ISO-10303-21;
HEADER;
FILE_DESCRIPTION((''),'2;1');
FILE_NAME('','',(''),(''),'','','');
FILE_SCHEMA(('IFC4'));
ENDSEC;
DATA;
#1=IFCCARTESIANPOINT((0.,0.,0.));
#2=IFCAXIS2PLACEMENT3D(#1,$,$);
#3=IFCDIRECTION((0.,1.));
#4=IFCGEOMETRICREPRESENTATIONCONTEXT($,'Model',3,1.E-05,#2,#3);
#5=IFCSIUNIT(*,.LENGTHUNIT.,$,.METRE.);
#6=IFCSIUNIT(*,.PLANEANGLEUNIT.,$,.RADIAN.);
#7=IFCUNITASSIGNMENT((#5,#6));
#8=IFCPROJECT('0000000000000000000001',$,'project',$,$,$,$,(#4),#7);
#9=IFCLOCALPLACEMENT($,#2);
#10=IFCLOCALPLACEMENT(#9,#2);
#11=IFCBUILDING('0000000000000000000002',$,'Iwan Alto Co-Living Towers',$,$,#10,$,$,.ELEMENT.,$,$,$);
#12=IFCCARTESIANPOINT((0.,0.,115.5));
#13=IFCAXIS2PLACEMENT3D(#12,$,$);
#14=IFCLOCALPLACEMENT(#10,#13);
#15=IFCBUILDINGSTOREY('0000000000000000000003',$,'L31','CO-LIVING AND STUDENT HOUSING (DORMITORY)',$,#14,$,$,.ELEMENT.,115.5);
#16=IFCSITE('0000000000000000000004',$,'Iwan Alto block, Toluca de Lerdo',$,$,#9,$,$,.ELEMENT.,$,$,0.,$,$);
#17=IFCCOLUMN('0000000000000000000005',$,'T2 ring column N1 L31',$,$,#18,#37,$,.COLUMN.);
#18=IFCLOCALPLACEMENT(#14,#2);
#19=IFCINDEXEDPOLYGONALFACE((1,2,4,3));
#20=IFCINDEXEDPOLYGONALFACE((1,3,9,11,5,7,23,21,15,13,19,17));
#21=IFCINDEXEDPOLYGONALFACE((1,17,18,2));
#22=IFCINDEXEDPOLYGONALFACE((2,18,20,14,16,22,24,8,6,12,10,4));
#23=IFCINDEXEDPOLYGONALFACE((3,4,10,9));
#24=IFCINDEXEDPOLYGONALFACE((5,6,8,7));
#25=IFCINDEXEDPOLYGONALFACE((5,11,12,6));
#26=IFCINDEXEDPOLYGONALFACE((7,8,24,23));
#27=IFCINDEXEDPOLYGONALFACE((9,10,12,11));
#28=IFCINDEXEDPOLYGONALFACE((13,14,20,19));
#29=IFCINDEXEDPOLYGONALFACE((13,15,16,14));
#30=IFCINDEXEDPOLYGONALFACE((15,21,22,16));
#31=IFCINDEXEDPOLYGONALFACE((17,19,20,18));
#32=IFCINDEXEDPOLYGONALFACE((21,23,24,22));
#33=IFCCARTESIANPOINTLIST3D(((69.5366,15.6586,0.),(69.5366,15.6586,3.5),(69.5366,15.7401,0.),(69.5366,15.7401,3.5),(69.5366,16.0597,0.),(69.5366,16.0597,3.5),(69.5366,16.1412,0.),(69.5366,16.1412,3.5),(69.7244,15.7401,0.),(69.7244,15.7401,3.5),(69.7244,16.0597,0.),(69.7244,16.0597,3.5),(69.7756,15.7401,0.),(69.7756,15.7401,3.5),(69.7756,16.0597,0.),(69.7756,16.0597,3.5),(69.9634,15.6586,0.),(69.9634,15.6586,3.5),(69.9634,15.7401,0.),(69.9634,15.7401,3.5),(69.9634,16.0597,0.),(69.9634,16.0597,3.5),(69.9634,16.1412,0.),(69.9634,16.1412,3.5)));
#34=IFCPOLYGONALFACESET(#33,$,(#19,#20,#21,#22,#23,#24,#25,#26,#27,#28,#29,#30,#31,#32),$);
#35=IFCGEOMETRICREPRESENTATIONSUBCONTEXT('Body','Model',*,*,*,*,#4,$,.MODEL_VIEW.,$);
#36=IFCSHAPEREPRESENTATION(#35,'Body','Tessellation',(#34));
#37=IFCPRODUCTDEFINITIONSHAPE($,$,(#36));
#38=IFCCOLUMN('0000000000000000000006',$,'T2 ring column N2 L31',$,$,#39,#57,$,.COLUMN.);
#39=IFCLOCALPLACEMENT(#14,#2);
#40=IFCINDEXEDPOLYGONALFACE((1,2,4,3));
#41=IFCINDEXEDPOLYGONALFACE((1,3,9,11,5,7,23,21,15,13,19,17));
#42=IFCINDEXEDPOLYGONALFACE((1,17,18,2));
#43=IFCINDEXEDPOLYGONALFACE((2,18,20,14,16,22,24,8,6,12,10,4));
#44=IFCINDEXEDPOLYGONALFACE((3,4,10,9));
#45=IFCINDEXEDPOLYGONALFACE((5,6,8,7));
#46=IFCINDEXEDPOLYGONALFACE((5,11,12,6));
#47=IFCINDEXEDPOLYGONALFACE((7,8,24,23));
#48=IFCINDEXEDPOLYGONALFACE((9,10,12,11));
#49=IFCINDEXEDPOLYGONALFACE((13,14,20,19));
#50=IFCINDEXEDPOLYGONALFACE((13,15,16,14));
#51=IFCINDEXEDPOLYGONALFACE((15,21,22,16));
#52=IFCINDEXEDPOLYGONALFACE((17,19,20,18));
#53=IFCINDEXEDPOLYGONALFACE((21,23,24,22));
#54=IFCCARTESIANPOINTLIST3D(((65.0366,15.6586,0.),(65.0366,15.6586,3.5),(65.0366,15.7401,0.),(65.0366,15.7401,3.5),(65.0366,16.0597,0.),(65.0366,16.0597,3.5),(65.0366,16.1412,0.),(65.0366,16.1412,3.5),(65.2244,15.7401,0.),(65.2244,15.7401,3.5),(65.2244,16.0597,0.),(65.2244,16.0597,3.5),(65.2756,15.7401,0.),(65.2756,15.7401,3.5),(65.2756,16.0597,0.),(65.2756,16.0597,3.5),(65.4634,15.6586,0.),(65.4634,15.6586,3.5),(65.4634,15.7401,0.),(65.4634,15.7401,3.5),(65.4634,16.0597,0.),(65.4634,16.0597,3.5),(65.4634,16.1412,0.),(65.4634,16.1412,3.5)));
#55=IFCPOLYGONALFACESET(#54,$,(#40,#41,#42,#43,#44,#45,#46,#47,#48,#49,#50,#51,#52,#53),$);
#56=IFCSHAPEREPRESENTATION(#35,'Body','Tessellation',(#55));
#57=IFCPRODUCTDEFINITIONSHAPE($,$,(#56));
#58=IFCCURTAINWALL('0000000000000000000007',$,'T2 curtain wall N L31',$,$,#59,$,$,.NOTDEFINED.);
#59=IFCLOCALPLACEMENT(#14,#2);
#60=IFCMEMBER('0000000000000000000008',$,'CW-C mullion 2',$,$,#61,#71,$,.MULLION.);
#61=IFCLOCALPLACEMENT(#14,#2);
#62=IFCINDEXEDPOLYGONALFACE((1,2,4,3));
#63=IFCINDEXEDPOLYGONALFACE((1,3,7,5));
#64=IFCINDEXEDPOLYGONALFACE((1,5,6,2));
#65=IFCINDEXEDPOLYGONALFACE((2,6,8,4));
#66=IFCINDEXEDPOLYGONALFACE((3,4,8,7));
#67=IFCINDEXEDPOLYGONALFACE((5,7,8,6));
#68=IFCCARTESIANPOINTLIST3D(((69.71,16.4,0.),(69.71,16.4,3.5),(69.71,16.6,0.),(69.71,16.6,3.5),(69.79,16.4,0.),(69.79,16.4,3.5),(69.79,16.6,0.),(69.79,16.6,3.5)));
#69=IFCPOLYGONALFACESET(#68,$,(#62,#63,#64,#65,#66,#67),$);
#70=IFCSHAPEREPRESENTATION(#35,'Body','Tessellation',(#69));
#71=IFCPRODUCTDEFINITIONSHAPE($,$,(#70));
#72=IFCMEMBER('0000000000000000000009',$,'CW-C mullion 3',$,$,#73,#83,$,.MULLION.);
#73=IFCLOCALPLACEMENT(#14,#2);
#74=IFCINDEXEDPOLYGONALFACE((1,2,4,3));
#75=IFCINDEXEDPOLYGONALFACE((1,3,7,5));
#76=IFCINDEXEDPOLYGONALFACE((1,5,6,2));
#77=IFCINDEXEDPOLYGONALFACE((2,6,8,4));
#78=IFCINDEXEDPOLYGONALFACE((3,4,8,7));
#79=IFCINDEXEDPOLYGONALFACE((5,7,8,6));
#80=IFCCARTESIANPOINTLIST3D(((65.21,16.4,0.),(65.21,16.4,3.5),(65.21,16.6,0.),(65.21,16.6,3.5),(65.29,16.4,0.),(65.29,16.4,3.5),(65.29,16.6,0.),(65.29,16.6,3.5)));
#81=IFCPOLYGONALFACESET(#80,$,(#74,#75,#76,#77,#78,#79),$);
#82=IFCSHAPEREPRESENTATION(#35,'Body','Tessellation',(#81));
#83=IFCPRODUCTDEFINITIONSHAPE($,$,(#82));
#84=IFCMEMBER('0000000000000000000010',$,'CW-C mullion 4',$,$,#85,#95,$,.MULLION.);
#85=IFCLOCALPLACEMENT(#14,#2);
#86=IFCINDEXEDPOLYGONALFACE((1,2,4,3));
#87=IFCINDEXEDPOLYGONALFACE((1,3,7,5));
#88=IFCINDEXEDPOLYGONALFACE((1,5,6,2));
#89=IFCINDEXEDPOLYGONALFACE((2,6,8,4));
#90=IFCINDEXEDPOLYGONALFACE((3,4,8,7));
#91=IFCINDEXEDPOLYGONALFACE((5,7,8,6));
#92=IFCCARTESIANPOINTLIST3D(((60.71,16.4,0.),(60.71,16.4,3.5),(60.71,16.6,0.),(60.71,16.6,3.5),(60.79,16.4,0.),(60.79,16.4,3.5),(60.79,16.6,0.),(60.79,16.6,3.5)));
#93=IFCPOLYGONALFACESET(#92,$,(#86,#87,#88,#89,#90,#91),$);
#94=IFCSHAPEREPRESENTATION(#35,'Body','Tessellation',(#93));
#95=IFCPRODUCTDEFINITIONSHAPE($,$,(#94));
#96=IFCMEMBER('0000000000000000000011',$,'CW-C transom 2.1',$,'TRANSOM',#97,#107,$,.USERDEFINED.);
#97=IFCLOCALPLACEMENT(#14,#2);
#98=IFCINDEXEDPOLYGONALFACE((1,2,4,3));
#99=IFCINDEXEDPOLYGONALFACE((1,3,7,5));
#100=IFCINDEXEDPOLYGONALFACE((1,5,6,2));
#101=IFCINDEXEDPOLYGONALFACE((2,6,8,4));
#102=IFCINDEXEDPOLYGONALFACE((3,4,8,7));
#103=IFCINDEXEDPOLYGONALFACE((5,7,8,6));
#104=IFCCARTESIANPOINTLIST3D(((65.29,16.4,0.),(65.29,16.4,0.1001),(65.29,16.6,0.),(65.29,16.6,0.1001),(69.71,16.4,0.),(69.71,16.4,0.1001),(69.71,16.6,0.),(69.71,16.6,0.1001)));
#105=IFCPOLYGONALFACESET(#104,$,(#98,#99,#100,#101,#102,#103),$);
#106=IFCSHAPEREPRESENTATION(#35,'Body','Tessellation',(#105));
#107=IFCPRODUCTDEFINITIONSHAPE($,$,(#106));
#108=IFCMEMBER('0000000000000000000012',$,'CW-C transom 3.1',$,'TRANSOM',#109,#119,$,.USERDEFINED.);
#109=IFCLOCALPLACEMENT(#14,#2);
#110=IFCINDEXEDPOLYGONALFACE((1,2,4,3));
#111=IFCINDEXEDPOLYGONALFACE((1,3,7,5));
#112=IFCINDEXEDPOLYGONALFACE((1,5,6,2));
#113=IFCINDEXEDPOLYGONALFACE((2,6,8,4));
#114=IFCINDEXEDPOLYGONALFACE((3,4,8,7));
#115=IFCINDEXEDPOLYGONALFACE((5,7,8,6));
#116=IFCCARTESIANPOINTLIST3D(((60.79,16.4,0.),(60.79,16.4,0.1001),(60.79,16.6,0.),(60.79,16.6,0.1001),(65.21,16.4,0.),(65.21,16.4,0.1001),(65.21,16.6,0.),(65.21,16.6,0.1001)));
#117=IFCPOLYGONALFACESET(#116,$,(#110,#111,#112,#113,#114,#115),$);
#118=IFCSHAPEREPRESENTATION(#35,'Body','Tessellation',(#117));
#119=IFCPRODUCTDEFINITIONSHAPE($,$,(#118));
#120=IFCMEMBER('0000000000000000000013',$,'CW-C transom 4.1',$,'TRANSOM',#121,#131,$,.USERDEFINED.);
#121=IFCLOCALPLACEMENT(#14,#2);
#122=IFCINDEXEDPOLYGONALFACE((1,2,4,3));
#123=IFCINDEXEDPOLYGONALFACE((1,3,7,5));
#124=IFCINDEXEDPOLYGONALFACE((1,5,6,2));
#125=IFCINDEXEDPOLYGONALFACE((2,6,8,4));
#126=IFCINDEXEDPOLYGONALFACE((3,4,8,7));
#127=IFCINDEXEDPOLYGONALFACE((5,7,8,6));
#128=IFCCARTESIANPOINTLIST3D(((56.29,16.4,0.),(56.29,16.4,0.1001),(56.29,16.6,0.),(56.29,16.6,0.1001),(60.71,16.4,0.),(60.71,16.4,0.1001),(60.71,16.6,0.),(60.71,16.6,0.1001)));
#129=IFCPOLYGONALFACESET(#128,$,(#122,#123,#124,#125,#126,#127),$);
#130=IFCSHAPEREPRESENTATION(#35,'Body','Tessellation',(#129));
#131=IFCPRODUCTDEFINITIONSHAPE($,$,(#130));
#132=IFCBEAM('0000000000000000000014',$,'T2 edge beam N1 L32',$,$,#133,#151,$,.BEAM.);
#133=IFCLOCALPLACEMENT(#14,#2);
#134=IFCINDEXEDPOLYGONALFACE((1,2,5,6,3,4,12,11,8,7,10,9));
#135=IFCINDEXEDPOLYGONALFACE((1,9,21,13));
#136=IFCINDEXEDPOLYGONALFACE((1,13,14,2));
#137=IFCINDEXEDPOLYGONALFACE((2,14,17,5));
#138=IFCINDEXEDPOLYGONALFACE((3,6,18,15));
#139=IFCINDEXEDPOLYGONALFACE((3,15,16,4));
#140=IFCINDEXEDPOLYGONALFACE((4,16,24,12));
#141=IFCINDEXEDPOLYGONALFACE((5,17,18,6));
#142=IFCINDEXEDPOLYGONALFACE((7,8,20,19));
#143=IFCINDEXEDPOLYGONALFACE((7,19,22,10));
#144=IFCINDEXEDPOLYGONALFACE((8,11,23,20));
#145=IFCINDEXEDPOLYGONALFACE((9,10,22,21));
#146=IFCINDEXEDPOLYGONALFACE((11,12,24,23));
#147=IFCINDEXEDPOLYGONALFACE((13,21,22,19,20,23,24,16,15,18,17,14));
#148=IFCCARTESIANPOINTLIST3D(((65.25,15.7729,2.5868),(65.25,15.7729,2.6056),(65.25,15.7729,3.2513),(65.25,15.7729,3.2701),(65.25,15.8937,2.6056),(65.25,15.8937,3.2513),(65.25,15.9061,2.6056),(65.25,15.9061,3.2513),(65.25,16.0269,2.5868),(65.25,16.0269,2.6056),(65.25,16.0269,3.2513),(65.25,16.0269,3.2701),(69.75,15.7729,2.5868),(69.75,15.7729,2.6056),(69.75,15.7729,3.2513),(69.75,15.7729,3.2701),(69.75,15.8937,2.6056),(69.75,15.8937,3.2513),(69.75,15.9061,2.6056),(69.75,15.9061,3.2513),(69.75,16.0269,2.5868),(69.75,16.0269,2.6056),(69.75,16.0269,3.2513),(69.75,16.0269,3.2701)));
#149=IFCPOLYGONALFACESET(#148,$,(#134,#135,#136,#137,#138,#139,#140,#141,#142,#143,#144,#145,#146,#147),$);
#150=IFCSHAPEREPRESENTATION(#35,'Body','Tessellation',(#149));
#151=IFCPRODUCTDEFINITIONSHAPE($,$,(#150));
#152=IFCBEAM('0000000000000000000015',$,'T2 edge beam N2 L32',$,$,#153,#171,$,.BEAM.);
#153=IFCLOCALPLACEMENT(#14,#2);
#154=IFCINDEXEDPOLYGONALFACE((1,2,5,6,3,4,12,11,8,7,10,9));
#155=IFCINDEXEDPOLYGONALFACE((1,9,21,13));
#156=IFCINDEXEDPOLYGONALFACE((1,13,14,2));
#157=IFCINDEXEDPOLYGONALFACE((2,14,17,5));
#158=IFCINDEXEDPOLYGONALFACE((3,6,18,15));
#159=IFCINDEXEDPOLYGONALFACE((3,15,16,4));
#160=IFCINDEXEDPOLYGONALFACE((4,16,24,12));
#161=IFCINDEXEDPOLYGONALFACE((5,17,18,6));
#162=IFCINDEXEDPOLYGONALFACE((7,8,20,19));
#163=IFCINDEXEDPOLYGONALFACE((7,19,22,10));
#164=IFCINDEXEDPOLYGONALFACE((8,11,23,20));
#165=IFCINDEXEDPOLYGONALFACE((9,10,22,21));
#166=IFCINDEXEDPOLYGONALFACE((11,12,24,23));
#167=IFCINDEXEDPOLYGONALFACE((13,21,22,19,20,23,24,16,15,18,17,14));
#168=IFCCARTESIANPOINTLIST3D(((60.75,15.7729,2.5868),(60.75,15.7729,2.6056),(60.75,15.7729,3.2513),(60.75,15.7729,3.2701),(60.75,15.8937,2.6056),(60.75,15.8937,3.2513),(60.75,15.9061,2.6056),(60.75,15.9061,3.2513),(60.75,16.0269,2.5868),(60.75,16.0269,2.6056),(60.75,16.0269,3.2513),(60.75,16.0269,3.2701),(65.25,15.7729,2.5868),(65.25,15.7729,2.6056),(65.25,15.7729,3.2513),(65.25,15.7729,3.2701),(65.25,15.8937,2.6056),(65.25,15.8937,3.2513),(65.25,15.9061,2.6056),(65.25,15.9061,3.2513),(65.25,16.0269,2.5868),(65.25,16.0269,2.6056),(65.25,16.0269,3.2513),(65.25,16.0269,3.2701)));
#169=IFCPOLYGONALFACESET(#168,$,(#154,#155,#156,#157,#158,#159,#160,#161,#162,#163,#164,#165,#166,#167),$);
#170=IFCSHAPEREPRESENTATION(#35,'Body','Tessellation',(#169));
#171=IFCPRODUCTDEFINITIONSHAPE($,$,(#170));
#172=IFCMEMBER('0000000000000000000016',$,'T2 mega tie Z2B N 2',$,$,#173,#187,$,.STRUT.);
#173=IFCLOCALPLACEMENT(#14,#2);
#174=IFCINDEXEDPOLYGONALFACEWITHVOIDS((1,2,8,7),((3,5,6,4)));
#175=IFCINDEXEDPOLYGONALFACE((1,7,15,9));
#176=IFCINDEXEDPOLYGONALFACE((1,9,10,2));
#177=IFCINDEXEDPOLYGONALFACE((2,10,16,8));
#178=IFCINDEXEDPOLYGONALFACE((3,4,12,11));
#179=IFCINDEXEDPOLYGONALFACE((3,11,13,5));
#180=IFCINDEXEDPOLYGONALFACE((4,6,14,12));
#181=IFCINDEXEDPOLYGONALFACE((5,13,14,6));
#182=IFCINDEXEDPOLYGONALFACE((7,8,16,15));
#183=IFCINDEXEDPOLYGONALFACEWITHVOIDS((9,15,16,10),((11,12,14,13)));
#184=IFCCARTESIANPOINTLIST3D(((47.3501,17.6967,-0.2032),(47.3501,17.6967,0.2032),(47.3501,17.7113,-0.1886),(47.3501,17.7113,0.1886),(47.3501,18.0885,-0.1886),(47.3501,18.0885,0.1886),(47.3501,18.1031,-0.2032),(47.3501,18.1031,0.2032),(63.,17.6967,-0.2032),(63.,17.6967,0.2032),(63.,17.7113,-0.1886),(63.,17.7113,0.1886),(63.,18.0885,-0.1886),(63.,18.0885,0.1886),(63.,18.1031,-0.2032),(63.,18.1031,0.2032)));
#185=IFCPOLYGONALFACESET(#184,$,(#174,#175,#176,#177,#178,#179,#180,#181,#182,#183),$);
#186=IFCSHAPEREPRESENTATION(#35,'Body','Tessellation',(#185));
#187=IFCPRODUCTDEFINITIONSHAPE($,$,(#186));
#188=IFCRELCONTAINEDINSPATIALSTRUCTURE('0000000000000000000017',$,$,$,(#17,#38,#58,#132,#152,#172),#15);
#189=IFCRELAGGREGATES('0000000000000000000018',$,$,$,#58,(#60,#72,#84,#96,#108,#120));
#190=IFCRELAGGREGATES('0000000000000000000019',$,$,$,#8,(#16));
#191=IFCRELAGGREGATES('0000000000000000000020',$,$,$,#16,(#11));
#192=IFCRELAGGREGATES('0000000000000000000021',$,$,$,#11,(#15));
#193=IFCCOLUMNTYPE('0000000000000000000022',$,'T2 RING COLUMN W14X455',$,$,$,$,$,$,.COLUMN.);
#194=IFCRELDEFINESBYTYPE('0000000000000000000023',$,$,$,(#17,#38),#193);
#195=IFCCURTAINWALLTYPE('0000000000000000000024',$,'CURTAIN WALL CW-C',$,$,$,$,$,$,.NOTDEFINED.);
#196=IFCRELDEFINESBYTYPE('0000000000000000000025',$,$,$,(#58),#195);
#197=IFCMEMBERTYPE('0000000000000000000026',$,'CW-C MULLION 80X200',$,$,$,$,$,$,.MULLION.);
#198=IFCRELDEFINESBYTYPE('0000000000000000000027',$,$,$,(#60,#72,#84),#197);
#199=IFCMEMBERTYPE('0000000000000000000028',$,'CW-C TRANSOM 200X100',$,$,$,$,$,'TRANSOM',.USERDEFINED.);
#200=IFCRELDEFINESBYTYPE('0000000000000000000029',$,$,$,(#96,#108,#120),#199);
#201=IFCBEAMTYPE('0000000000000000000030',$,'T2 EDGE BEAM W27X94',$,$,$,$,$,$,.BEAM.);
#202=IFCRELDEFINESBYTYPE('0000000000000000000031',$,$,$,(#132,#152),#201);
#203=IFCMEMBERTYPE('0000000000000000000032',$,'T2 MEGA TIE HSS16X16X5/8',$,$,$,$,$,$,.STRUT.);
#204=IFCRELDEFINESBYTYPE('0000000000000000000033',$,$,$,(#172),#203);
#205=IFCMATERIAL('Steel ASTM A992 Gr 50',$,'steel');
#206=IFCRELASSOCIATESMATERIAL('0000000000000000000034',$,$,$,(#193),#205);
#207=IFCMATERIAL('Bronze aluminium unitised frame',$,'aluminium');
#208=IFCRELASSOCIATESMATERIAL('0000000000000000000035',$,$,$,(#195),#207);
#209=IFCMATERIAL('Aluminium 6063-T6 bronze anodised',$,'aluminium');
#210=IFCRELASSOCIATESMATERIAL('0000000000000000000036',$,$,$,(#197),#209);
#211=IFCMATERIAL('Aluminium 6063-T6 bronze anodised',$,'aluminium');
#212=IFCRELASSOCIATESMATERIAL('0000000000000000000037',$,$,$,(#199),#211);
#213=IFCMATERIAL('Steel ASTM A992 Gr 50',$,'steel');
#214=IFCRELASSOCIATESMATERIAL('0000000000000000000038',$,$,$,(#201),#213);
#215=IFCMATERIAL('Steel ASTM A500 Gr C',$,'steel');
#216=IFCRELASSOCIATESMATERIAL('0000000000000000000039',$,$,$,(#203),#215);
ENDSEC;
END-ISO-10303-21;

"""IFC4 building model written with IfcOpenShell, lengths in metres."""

from ifc_helpers import new_model, si_unit, direction, frame, origin, origin_2d, place, context, subcontext, project, spatial, rectangle, hollow_rectangle, i_section, extrude, material, material_profile, profile_set, type_object, element, aggregate, save


model = new_model("IFC4")

# Units and contexts
model_context = context("Model", 3, precision=1e-05, world=origin(), true_north=direction((0.0, 1.0)))
body_context = subcontext(model_context, "Body", "Model", "MODEL_VIEW")
ifc_project = project(units=[si_unit("LENGTHUNIT", "METRE"), si_unit("PLANEANGLEUNIT", "RADIAN")], contexts=[model_context])

# Site, building, storey
site_placement = place(None, origin())
site = spatial("IfcSite", under=ifc_project, at=site_placement, Name="Iwan Alto block, Toluca de Lerdo", CompositionType="ELEMENT", RefElevation=0.0)
building_placement = place(site_placement, origin())
building = spatial("IfcBuilding", under=site, at=building_placement, Name="Iwan Alto Co-Living Towers", CompositionType="ELEMENT")
storey_placement = place(building_placement, frame((0.0, 0.0, 115.5)))
storey = spatial("IfcBuildingStorey", under=building, at=storey_placement, Name="L31", Description="CO-LIVING AND STUDENT HOUSING (DORMITORY)", CompositionType="ELEMENT", Elevation=115.5)

# Columns
ifc_material_1 = material(Name="Steel ASTM A992 Gr 50", Category="steel")
ifc_material_profile_1 = material_profile(ifc_material_1, i_section(OverallWidth=0.4268, OverallDepth=0.4827, WebThickness=0.0513, FlangeThickness=0.0815, at=origin_2d()), Name="W14X455")
ifc_profile_set_1 = profile_set([ifc_material_profile_1], Name="Steel ASTM A992 Gr 50")
column_type = type_object("IfcColumnType", Name="T2 RING COLUMN W14X455", PredefinedType="COLUMN", material=ifc_profile_set_1)
for number, where, z_axis, x_axis, name in (
    (1, (69.75, 15.8999, 0.0), (0.0, 0.0, 1.0), (1.0, 0.0, 0.0), "T2 ring column N1 L31"),
    (2, (65.25, 15.8999, 0.0), (0.0, 0.0, 1.0), (1.0, 0.0, 0.0), "T2 ring column N2 L31"),
):
    element("IfcColumn", number, at=place(storey_placement, frame(where, z_axis=z_axis, x_axis=x_axis)), inside=storey, type_object=column_type, Name=name, PredefinedType="COLUMN", context=body_context, shape_type="SweptSolid", body=[
        extrude(i_section(OverallWidth=0.4268, OverallDepth=0.4827, WebThickness=0.0513, FlangeThickness=0.0815, at=origin_2d()), origin(), (0.0, 0.0, 1.0), 3.5),
    ])

# Curtain wall, members
ifc_material_2 = material(Name="Bronze aluminium unitised frame", Category="aluminium")
curtain_wall_type = type_object("IfcCurtainWallType", Name="CURTAIN WALL CW-C", PredefinedType="NOTDEFINED", material=ifc_material_2)
curtain_wall_placement = place(storey_placement, origin())
curtain_wall = element("IfcCurtainWall", 3, at=curtain_wall_placement, inside=storey, type_object=curtain_wall_type, Name="T2 curtain wall N L31", PredefinedType="NOTDEFINED")
ifc_material_3 = material(Name="Aluminium 6063-T6 bronze anodised", Category="aluminium")
ifc_material_profile_2 = material_profile(ifc_material_3, rectangle(XDim=0.2, YDim=0.0801, at=origin_2d()), Name="AL 80X200")
ifc_profile_set_2 = profile_set([ifc_material_profile_2], Name="Aluminium 6063-T6 bronze anodised")
member_type_1 = type_object("IfcMemberType", Name="CW-C MULLION 80X200", PredefinedType="MULLION", material=ifc_profile_set_2)
member_1_placement = place(storey_placement, frame((69.75, 16.5, 0.0), z_axis=(0.0, 0.0, 1.0), x_axis=(0.0, -1.0, 0.0)))
member_1 = element("IfcMember", 4, at=member_1_placement, type_object=member_type_1, Name="CW-C mullion 2", PredefinedType="MULLION", context=body_context, shape_type="SweptSolid", body=[
    extrude(rectangle(XDim=0.2, YDim=0.0801, at=origin_2d()), origin(), (0.0, 0.0, 1.0), 3.5),
])
member_2_placement = place(storey_placement, frame((65.25, 16.5, 0.0), z_axis=(0.0, 0.0, 1.0), x_axis=(0.0, -1.0, 0.0)))
member_2 = element("IfcMember", 5, at=member_2_placement, type_object=member_type_1, Name="CW-C mullion 3", PredefinedType="MULLION", context=body_context, shape_type="SweptSolid", body=[
    extrude(rectangle(XDim=0.2, YDim=0.0801, at=origin_2d()), origin(), (0.0, 0.0, 1.0), 3.5),
])
member_3_placement = place(storey_placement, frame((60.75, 16.5, 0.0), z_axis=(0.0, 0.0, 1.0), x_axis=(0.0, -1.0, 0.0)))
member_3 = element("IfcMember", 6, at=member_3_placement, type_object=member_type_1, Name="CW-C mullion 4", PredefinedType="MULLION", context=body_context, shape_type="SweptSolid", body=[
    extrude(rectangle(XDim=0.2, YDim=0.0801, at=origin_2d()), origin(), (0.0, 0.0, 1.0), 3.5),
])
ifc_material_4 = material(Name="Aluminium 6063-T6 bronze anodised", Category="aluminium")
ifc_material_profile_3 = material_profile(ifc_material_4, rectangle(XDim=0.2, YDim=0.1001, at=origin_2d()), Name="AL 200X100")
ifc_profile_set_3 = profile_set([ifc_material_profile_3], Name="Aluminium 6063-T6 bronze anodised")
member_type_2 = type_object("IfcMemberType", Name="CW-C TRANSOM 200X100", ElementType="TRANSOM", PredefinedType="USERDEFINED", material=ifc_profile_set_3)
member_4_placement = place(storey_placement, frame((69.71, 16.5, 0.05), z_axis=(-1.0, 0.0, 0.0), x_axis=(0.0, -1.0, 0.0)))
member_4 = element("IfcMember", 7, at=member_4_placement, type_object=member_type_2, Name="CW-C transom 2.1", ObjectType="TRANSOM", PredefinedType="USERDEFINED", context=body_context, shape_type="SweptSolid", body=[
    extrude(rectangle(XDim=0.2, YDim=0.1001, at=origin_2d()), origin(), (0.0, 0.0, 1.0), 4.4199),
])
member_5_placement = place(storey_placement, frame((65.21, 16.5, 0.05), z_axis=(-1.0, 0.0, 0.0), x_axis=(0.0, -1.0, 0.0)))
member_5 = element("IfcMember", 8, at=member_5_placement, type_object=member_type_2, Name="CW-C transom 3.1", ObjectType="TRANSOM", PredefinedType="USERDEFINED", context=body_context, shape_type="SweptSolid", body=[
    extrude(rectangle(XDim=0.2, YDim=0.1001, at=origin_2d()), origin(), (0.0, 0.0, 1.0), 4.4199),
])
member_6_placement = place(storey_placement, frame((60.71, 16.5, 0.05), z_axis=(-1.0, 0.0, 0.0), x_axis=(0.0, -1.0, 0.0)))
member_6 = element("IfcMember", 9, at=member_6_placement, type_object=member_type_2, Name="CW-C transom 4.1", ObjectType="TRANSOM", PredefinedType="USERDEFINED", context=body_context, shape_type="SweptSolid", body=[
    extrude(rectangle(XDim=0.2, YDim=0.1001, at=origin_2d()), origin(), (0.0, 0.0, 1.0), 4.4199),
])

# Beams
ifc_material_5 = material(Name="Steel ASTM A992 Gr 50", Category="steel")
ifc_material_profile_4 = material_profile(ifc_material_5, i_section(OverallWidth=0.2539, OverallDepth=0.6833, WebThickness=0.0125, FlangeThickness=0.0188, at=origin_2d()), Name="W27X94")
ifc_profile_set_4 = profile_set([ifc_material_profile_4], Name="Steel ASTM A992 Gr 50")
beam_type_1 = type_object("IfcBeamType", Name="T2 EDGE BEAM W27X94", PredefinedType="BEAM", material=ifc_profile_set_4)
for number, where, z_axis, x_axis, name in (
    (10, (69.75, 15.8999, 2.9285), (-1.0, 0.0, 0.0), (0.0, -1.0, 0.0), "T2 edge beam N1 L32"),
    (11, (65.25, 15.8999, 2.9285), (-1.0, 0.0, 0.0), (0.0, -1.0, 0.0), "T2 edge beam N2 L32"),
):
    element("IfcBeam", number, at=place(storey_placement, frame(where, z_axis=z_axis, x_axis=x_axis)), inside=storey, type_object=beam_type_1, Name=name, PredefinedType="BEAM", context=body_context, shape_type="SweptSolid", body=[
        extrude(i_section(OverallWidth=0.2539, OverallDepth=0.6833, WebThickness=0.0125, FlangeThickness=0.0188, at=origin_2d()), origin(), (0.0, 0.0, 1.0), 4.5),
    ])

# Member
ifc_material_6 = material(Name="Steel ASTM A500 Gr C", Category="steel")
ifc_material_profile_5 = material_profile(ifc_material_6, hollow_rectangle(XDim=0.4065, YDim=0.4065, WallThickness=0.0146, at=origin_2d()), Name="HSS16X16X5/8")
ifc_profile_set_5 = profile_set([ifc_material_profile_5], Name="Steel ASTM A500 Gr C")
member_type_3 = type_object("IfcMemberType", Name="T2 MEGA TIE HSS16X16X5/8", PredefinedType="STRUT", material=ifc_profile_set_5)
member_7_placement = place(storey_placement, frame((63.0, 17.8999, 0.0), z_axis=(-1.0, 0.0, 0.0), x_axis=(0.0, -1.0, 0.0)))
element("IfcMember", 12, at=member_7_placement, inside=storey, type_object=member_type_3, Name="T2 mega tie Z2B N 2", PredefinedType="STRUT", context=body_context, shape_type="SweptSolid", body=[
    extrude(hollow_rectangle(XDim=0.4065, YDim=0.4065, WallThickness=0.0146, at=origin_2d()), origin(), (0.0, 0.0, 1.0), 15.6499),
])

aggregate(curtain_wall, [member_1, member_2, member_3, member_4, member_5, member_6])

save(model, "model.ifc")
